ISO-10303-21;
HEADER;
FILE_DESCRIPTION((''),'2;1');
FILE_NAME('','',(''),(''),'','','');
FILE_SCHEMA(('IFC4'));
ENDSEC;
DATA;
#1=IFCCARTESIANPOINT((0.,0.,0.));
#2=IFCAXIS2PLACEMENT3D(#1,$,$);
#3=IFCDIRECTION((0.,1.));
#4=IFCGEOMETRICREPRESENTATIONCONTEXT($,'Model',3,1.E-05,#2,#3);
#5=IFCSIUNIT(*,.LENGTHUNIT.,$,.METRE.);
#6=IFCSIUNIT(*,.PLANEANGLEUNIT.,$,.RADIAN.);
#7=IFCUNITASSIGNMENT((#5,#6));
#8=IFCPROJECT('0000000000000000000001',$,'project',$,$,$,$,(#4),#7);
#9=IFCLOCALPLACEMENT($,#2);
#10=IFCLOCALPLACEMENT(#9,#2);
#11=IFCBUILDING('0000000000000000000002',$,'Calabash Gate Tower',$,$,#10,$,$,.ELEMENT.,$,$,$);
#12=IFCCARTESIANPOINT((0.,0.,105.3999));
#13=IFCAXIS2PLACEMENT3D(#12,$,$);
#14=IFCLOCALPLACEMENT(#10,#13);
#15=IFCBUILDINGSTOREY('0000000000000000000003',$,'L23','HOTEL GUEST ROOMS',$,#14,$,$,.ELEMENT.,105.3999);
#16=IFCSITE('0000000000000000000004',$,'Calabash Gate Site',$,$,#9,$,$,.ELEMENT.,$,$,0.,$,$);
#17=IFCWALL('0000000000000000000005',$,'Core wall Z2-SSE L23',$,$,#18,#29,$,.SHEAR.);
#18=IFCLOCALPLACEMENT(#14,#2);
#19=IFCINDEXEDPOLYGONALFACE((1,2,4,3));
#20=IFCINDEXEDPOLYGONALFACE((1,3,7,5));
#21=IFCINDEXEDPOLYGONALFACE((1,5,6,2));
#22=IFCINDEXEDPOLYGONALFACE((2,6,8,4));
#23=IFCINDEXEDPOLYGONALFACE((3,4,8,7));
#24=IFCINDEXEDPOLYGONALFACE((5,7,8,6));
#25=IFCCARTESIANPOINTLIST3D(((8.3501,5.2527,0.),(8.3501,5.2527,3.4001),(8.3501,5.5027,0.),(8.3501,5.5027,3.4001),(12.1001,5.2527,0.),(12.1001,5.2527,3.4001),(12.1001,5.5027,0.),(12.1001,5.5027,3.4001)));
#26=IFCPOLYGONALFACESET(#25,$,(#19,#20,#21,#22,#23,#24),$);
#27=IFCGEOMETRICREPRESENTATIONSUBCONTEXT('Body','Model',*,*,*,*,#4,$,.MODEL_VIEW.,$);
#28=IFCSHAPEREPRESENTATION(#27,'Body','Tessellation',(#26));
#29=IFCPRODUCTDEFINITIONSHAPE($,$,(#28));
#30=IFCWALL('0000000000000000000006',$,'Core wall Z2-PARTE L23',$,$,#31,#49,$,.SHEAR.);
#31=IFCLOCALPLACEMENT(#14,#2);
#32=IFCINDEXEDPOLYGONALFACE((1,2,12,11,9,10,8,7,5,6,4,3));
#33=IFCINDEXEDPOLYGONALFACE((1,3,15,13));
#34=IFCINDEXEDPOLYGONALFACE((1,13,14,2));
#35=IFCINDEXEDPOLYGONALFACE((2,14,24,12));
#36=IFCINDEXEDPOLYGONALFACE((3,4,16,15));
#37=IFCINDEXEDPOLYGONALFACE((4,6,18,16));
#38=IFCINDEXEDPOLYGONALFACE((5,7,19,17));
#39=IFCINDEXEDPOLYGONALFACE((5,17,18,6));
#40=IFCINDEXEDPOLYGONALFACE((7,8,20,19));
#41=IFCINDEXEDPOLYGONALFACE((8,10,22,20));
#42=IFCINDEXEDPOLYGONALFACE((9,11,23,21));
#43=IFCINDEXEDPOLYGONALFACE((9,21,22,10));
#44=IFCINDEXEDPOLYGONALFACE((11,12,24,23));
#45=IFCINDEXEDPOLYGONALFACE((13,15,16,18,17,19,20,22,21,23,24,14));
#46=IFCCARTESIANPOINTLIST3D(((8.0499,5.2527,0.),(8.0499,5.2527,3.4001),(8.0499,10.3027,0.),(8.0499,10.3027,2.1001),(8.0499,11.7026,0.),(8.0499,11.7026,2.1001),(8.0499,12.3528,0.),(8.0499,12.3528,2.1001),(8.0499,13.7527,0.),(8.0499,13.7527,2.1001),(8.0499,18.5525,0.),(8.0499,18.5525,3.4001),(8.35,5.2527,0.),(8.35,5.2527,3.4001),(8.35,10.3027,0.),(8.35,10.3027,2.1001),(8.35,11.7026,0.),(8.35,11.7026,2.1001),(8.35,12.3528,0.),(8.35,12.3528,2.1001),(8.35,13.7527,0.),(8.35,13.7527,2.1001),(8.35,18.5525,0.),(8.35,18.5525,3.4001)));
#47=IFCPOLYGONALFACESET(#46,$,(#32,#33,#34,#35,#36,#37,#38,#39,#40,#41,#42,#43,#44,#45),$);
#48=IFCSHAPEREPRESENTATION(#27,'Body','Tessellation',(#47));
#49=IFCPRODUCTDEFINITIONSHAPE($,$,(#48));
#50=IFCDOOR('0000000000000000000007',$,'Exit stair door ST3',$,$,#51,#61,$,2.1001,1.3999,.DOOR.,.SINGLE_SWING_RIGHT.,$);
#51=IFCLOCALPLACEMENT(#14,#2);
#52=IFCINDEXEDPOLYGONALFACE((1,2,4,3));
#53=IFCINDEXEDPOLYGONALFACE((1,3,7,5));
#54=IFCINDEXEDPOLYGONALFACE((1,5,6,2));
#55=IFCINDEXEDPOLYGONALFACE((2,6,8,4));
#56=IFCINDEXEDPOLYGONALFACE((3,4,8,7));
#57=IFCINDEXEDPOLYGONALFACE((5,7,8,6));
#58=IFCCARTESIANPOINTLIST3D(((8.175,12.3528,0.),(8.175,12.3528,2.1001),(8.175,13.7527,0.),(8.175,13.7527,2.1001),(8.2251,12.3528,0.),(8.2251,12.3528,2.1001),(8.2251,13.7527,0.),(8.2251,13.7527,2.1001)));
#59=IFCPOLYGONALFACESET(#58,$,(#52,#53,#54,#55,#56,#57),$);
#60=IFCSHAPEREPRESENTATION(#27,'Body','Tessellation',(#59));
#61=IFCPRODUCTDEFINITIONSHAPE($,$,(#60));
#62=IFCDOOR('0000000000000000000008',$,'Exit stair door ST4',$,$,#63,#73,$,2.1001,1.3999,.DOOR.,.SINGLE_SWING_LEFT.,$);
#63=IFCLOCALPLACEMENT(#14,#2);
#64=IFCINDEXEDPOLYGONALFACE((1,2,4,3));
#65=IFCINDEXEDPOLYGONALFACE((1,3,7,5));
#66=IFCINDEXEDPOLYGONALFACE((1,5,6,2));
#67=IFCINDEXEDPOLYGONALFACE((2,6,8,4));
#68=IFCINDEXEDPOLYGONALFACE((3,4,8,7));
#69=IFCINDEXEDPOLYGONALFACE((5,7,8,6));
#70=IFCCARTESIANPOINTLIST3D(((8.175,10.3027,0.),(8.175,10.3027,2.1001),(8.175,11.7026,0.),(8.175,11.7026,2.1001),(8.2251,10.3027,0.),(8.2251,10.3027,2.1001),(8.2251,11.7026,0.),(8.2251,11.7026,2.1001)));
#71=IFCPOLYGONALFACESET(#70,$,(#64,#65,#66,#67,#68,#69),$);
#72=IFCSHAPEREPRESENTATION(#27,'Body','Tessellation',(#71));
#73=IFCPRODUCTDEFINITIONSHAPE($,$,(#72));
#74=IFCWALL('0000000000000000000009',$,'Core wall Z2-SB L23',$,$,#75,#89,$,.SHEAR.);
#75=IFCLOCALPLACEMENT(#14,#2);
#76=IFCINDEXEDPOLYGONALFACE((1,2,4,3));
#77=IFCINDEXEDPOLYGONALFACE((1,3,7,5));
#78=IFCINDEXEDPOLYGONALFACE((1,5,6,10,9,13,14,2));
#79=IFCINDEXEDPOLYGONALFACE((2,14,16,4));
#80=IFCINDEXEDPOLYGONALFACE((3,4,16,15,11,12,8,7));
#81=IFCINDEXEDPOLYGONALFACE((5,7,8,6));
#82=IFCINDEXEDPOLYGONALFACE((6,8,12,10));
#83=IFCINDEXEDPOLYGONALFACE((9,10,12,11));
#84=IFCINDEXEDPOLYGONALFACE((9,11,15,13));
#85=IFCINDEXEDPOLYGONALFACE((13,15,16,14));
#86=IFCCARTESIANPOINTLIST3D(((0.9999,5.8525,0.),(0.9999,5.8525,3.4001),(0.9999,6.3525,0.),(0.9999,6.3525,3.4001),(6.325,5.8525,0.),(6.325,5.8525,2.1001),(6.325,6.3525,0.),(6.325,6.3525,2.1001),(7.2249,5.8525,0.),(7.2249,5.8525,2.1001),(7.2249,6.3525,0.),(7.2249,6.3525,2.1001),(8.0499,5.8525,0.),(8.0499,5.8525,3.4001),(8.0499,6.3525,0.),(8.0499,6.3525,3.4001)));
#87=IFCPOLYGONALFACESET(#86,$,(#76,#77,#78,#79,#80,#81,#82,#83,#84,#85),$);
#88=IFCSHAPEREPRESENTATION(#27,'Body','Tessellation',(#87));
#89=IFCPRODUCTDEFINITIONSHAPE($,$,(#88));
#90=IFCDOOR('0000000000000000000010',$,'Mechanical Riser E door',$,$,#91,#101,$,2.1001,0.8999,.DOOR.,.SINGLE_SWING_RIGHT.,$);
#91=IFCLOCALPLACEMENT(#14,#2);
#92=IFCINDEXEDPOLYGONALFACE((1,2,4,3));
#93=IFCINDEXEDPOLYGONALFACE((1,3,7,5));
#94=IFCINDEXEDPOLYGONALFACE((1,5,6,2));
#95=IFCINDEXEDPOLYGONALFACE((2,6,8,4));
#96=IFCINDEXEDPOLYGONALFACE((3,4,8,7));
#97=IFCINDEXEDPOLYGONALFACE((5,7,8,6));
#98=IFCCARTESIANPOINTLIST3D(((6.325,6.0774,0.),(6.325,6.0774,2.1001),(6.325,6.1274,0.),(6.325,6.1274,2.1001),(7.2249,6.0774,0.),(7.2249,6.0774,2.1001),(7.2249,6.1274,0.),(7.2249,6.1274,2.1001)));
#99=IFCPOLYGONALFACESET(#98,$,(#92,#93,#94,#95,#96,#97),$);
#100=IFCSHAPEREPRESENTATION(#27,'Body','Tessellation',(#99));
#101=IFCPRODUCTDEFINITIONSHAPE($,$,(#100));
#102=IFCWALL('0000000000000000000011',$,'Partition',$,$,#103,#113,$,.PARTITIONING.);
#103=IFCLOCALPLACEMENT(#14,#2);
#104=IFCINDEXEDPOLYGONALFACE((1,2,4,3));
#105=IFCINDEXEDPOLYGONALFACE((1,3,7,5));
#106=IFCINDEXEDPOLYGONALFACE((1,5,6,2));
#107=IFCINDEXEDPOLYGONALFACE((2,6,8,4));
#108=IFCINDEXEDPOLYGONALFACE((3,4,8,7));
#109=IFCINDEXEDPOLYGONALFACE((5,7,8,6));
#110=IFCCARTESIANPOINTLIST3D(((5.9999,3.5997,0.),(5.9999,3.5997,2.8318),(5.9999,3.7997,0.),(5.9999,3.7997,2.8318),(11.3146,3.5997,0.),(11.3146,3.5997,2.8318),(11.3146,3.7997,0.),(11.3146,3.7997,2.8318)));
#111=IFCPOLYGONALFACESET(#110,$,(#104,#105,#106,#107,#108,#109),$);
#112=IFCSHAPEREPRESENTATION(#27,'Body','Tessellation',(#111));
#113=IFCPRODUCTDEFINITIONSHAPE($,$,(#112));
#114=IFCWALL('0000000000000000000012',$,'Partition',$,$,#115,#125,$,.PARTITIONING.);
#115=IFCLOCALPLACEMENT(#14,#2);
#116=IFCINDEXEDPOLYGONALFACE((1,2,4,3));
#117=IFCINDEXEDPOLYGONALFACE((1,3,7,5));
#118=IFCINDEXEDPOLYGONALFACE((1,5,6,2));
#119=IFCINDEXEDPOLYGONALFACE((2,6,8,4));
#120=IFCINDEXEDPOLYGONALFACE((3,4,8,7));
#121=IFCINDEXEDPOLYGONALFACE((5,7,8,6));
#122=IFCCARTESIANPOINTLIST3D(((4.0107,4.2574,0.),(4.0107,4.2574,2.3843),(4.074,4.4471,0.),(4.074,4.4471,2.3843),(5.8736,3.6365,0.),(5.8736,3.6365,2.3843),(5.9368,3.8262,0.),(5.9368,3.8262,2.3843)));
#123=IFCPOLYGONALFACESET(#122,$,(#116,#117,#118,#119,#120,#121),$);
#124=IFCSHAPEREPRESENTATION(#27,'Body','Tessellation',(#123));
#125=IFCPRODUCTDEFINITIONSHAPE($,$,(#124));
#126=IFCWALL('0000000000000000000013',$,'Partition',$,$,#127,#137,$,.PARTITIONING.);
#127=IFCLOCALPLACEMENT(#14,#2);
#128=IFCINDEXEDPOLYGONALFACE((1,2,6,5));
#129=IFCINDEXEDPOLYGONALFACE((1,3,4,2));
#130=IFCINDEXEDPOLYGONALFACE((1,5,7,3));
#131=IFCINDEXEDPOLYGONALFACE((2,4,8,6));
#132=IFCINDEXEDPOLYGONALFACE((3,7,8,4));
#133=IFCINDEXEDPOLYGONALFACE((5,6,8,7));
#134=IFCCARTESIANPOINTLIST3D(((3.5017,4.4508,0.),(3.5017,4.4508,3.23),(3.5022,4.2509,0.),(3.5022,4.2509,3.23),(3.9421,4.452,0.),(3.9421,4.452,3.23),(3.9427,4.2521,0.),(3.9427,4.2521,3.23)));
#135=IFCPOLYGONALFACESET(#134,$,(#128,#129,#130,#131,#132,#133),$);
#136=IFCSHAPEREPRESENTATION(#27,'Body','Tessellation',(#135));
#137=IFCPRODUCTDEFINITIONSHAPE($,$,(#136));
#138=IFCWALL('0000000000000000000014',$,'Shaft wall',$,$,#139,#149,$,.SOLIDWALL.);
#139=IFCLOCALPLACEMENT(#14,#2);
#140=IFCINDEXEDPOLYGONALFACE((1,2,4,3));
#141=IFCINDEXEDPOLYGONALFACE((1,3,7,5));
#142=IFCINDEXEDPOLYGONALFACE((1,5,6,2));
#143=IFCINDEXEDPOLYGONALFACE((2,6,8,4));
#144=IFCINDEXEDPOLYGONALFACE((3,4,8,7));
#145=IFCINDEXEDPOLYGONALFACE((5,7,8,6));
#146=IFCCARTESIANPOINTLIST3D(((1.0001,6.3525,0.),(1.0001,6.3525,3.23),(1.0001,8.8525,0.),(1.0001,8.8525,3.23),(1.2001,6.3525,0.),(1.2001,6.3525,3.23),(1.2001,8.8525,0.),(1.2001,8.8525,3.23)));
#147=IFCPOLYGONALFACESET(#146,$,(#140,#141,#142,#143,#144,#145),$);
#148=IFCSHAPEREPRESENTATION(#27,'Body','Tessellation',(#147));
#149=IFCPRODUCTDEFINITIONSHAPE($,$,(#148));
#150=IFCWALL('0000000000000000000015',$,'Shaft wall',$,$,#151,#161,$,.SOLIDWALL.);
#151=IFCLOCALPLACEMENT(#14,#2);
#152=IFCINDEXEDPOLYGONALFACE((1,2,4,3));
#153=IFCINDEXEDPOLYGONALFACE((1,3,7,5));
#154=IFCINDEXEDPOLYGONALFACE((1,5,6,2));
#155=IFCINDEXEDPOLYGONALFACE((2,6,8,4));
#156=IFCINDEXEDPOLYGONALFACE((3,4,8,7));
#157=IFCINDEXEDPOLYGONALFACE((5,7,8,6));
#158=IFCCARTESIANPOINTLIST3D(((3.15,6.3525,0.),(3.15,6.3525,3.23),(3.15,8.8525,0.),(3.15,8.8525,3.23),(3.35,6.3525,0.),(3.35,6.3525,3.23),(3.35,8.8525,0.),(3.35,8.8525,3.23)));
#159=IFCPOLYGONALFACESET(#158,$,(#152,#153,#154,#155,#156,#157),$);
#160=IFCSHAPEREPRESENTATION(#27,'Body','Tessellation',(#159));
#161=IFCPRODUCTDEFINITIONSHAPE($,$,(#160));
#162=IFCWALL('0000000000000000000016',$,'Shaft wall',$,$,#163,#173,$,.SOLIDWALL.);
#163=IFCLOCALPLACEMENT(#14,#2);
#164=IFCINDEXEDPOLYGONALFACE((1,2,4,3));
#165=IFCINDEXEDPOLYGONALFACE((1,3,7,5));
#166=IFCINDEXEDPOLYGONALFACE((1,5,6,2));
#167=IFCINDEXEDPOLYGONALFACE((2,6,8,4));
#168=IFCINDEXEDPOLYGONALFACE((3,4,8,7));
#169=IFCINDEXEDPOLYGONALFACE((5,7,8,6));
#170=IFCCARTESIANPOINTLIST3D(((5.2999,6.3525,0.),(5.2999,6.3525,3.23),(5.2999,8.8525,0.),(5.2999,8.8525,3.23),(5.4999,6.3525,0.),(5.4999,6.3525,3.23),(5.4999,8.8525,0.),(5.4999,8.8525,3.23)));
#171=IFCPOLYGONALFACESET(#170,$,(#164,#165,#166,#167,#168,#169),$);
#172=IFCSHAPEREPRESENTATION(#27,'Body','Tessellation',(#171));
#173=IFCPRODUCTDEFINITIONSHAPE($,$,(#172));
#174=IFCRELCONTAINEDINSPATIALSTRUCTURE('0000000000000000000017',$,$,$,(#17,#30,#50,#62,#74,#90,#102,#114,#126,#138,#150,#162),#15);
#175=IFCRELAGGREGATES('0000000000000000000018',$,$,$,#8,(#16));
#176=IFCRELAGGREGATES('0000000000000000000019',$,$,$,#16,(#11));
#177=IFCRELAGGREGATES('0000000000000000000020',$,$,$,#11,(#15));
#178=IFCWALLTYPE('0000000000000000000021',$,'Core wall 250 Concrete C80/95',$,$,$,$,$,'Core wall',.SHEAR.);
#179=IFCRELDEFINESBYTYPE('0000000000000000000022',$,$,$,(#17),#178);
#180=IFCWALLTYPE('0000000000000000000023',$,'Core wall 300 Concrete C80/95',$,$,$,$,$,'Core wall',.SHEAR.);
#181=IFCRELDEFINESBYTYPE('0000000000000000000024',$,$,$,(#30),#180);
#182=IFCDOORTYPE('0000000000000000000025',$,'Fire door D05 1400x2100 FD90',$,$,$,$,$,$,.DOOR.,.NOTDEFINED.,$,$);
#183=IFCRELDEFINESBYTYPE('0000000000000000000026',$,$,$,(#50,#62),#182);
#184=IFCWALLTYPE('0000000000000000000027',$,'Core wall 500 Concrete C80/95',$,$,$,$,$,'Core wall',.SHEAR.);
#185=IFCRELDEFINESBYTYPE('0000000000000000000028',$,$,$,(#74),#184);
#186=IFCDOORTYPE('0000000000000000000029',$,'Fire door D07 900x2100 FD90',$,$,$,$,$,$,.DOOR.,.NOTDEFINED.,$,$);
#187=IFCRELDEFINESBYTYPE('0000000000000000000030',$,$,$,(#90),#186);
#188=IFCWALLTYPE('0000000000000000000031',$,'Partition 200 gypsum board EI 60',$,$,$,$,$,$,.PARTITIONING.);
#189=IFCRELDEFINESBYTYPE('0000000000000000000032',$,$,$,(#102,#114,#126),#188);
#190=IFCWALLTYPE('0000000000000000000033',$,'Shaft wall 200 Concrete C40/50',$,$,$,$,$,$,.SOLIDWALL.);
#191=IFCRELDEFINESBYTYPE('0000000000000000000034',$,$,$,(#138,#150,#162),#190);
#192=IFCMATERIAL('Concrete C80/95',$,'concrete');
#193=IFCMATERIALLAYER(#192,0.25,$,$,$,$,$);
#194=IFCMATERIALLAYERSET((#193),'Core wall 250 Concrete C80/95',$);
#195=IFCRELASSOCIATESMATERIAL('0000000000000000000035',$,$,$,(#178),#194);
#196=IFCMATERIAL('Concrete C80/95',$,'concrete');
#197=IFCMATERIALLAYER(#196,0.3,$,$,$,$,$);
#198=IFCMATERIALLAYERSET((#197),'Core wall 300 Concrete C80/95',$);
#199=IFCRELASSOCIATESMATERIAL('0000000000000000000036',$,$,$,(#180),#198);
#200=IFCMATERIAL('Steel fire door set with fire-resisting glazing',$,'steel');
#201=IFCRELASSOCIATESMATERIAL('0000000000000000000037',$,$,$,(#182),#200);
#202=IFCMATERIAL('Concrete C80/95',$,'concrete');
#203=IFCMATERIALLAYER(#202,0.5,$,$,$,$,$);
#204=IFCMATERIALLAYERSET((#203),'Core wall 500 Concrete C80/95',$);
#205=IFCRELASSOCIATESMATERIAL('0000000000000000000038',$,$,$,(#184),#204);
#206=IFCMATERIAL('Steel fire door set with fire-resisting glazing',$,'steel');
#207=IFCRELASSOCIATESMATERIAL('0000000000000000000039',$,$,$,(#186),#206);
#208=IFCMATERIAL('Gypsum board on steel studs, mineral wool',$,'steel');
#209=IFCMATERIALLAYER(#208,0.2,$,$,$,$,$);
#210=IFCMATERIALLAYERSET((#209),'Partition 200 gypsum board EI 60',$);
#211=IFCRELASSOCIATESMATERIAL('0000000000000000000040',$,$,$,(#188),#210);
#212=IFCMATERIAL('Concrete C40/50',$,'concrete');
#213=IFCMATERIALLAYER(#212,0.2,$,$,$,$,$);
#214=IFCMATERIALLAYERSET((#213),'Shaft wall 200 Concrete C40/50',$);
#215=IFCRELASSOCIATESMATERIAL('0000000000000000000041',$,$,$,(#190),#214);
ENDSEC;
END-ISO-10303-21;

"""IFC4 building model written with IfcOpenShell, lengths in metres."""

from ifc_helpers import new_model, si_unit, direction, frame, frame_2d, origin, place, context, subcontext, project, spatial, rectangle, extrude, material, layer, layer_set, type_object, element, fill, save


model = new_model("IFC4")

# Units and contexts
model_context = context("Model", 3, precision=1e-05, world=origin(), true_north=direction((0.0, 1.0)))
body_context = subcontext(model_context, "Body", "Model", "MODEL_VIEW")
ifc_project = project(units=[si_unit("LENGTHUNIT", "METRE"), si_unit("PLANEANGLEUNIT", "RADIAN")], contexts=[model_context])

# Site, building, storey
site_placement = place(None, origin())
site = spatial("IfcSite", under=ifc_project, at=site_placement, Name="Calabash Gate Site", CompositionType="ELEMENT", RefElevation=0.0)
building_placement = place(site_placement, origin())
building = spatial("IfcBuilding", under=site, at=building_placement, Name="Calabash Gate Tower", CompositionType="ELEMENT")
storey_placement = place(building_placement, frame((0.0, 0.0, 105.3999)))
storey = spatial("IfcBuildingStorey", under=building, at=storey_placement, Name="L23", Description="HOTEL GUEST ROOMS", CompositionType="ELEMENT", Elevation=105.3999)

# Wall
ifc_material_1 = material(Name="Concrete C80/95", Category="concrete")
ifc_layer_1 = layer(ifc_material_1, 0.25)
ifc_layer_set_1 = layer_set([ifc_layer_1], Name="Core wall 250 Concrete C80/95")
wall_type_1 = type_object("IfcWallType", Name="Core wall 250 Concrete C80/95", ElementType="Core wall", PredefinedType="SHEAR", material=ifc_layer_set_1)
wall_1_placement = place(storey_placement, frame((8.3501, 5.3777, 0.0), z_axis=(0.0, 0.0, 1.0), x_axis=(1.0, 0.0, 0.0)))
element("IfcWall", 1, at=wall_1_placement, inside=storey, type_object=wall_type_1, Name="Core wall Z2-SSE L23", PredefinedType="SHEAR", context=body_context, shape_type="SweptSolid", body=[
    extrude(rectangle(XDim=3.75, YDim=0.25, at=frame_2d((1.875, 0.0))), origin(), (0.0, 0.0, 1.0), 3.4001),
])

# Wall, openings, doors
ifc_material_2 = material(Name="Concrete C80/95", Category="concrete")
ifc_layer_2 = layer(ifc_material_2, 0.3)
ifc_layer_set_2 = layer_set([ifc_layer_2], Name="Core wall 300 Concrete C80/95")
wall_type_2 = type_object("IfcWallType", Name="Core wall 300 Concrete C80/95", ElementType="Core wall", PredefinedType="SHEAR", material=ifc_layer_set_2)
wall_2_placement = place(storey_placement, frame((8.2, 5.2527, 0.0), z_axis=(0.0, 0.0, 1.0), x_axis=(0.0, 1.0, 0.0)))
wall_2 = element("IfcWall", 2, at=wall_2_placement, inside=storey, type_object=wall_type_2, Name="Core wall Z2-PARTE L23", PredefinedType="SHEAR", context=body_context, shape_type="SweptSolid", body=[
    extrude(rectangle(XDim=13.2998, YDim=0.3, at=frame_2d((6.6499, 0.0))), origin(), (0.0, 0.0, 1.0), 3.4001),
])
opening_1_placement = place(wall_2_placement, frame((7.1001, 0.0, 0.0)))
opening_1 = element("IfcOpeningElement", 3, at=opening_1_placement, cuts=wall_2, PredefinedType="OPENING", context=body_context, shape_type="SweptSolid", body=[
    extrude(rectangle(XDim=1.3999, YDim=2.1001, at=frame_2d((0.7, 1.05))), frame((0.0, 0.1599, 0.0), z_axis=(0.0, -1.0, 0.0), x_axis=(1.0, 0.0, 0.0)), (0.0, 0.0, 1.0), 0.3201),
])
opening_2_placement = place(wall_2_placement, frame((5.05, 0.0, 0.0)))
opening_2 = element("IfcOpeningElement", 4, at=opening_2_placement, cuts=wall_2, PredefinedType="OPENING", context=body_context, shape_type="SweptSolid", body=[
    extrude(rectangle(XDim=1.3999, YDim=2.1001, at=frame_2d((0.7, 1.05))), frame((0.0, 0.1599, 0.0), z_axis=(0.0, -1.0, 0.0), x_axis=(1.0, 0.0, 0.0)), (0.0, 0.0, 1.0), 0.3201),
])
ifc_material_3 = material(Name="Steel fire door set with fire-resisting glazing", Category="steel")
door_type_1 = type_object("IfcDoorType", Name="Fire door D05 1400x2100 FD90", OperationType="NOTDEFINED", PredefinedType="DOOR", material=ifc_material_3)
door_1_placement = place(opening_1_placement, origin())
door_1 = element("IfcDoor", 5, at=door_1_placement, inside=storey, type_object=door_type_1, Name="Exit stair door ST3", OperationType="SINGLE_SWING_RIGHT", OverallHeight=2.1001, OverallWidth=1.3999, PredefinedType="DOOR", context=body_context, shape_type="SweptSolid", body=[
    extrude(rectangle(XDim=1.3999, YDim=2.1001, at=frame_2d((0.7, 1.05))), frame((0.0, 0.0249, 0.0), z_axis=(0.0, -1.0, 0.0), x_axis=(1.0, 0.0, 0.0)), (0.0, 0.0, 1.0), 0.05),
])
fill(opening_1, door_1)
door_2_placement = place(opening_2_placement, origin())
door_2 = element("IfcDoor", 6, at=door_2_placement, inside=storey, type_object=door_type_1, Name="Exit stair door ST4", OperationType="SINGLE_SWING_LEFT", OverallHeight=2.1001, OverallWidth=1.3999, PredefinedType="DOOR", context=body_context, shape_type="SweptSolid", body=[
    extrude(rectangle(XDim=1.3999, YDim=2.1001, at=frame_2d((0.7, 1.05))), frame((0.0, 0.0249, 0.0), z_axis=(0.0, -1.0, 0.0), x_axis=(1.0, 0.0, 0.0)), (0.0, 0.0, 1.0), 0.05),
])
fill(opening_2, door_2)

# Wall, opening, door
ifc_material_4 = material(Name="Concrete C80/95", Category="concrete")
ifc_layer_3 = layer(ifc_material_4, 0.5)
ifc_layer_set_3 = layer_set([ifc_layer_3], Name="Core wall 500 Concrete C80/95")
wall_type_3 = type_object("IfcWallType", Name="Core wall 500 Concrete C80/95", ElementType="Core wall", PredefinedType="SHEAR", material=ifc_layer_set_3)
wall_3_placement = place(storey_placement, frame((1.0, 6.1025, 0.0), z_axis=(0.0, 0.0, 1.0), x_axis=(1.0, 0.0, 0.0)))
wall_3 = element("IfcWall", 7, at=wall_3_placement, inside=storey, type_object=wall_type_3, Name="Core wall Z2-SB L23", PredefinedType="SHEAR", context=body_context, shape_type="SweptSolid", body=[
    extrude(rectangle(XDim=7.05, YDim=0.5, at=frame_2d((3.5249, 0.0))), origin(), (0.0, 0.0, 1.0), 3.4001),
])
opening_3_placement = place(wall_3_placement, frame((5.325, 0.0, 0.0)))
opening_3 = element("IfcOpeningElement", 8, at=opening_3_placement, cuts=wall_3, PredefinedType="OPENING", context=body_context, shape_type="SweptSolid", body=[
    extrude(rectangle(XDim=0.8999, YDim=2.1001, at=frame_2d((0.45, 1.05))), frame((0.0, 0.26, 0.0), z_axis=(0.0, -1.0, 0.0), x_axis=(1.0, 0.0, 0.0)), (0.0, 0.0, 1.0), 0.52),
])
ifc_material_5 = material(Name="Steel fire door set with fire-resisting glazing", Category="steel")
door_type_2 = type_object("IfcDoorType", Name="Fire door D07 900x2100 FD90", OperationType="NOTDEFINED", PredefinedType="DOOR", material=ifc_material_5)
door_3_placement = place(opening_3_placement, origin())
door_3 = element("IfcDoor", 9, at=door_3_placement, inside=storey, type_object=door_type_2, Name="Mechanical Riser E door", OperationType="SINGLE_SWING_RIGHT", OverallHeight=2.1001, OverallWidth=0.8999, PredefinedType="DOOR", context=body_context, shape_type="SweptSolid", body=[
    extrude(rectangle(XDim=0.8999, YDim=2.1001, at=frame_2d((0.45, 1.05))), frame((0.0, 0.0249, 0.0), z_axis=(0.0, -1.0, 0.0), x_axis=(1.0, 0.0, 0.0)), (0.0, 0.0, 1.0), 0.05),
])
fill(opening_3, door_3)

# Walls
ifc_material_6 = material(Name="Gypsum board on steel studs, mineral wool", Category="steel")
ifc_layer_4 = layer(ifc_material_6, 0.2)
ifc_layer_set_4 = layer_set([ifc_layer_4], Name="Partition 200 gypsum board EI 60")
wall_type_4 = type_object("IfcWallType", Name="Partition 200 gypsum board EI 60", PredefinedType="PARTITIONING", material=ifc_layer_set_4)
wall_4_placement = place(storey_placement, frame((6.0, 3.6997, 0.0), z_axis=(0.0, 0.0, 1.0), x_axis=(1.0, 0.0, 0.0)))
element("IfcWall", 10, at=wall_4_placement, inside=storey, type_object=wall_type_4, Name="Partition", PredefinedType="PARTITIONING", context=body_context, shape_type="SweptSolid", body=[
    extrude(rectangle(XDim=5.3147, YDim=0.2, at=frame_2d((2.6572, 0.0))), origin(), (0.0, 0.0, 1.0), 2.8318),
])
wall_5_placement = place(storey_placement, frame((4.0422, 4.3523, 0.0), z_axis=(0.0, 0.0, 1.0), x_axis=(0.948696, -0.31619, 0.0)))
element("IfcWall", 11, at=wall_5_placement, inside=storey, type_object=wall_type_4, Name="Partition", PredefinedType="PARTITIONING", context=body_context, shape_type="SweptSolid", body=[
    extrude(rectangle(XDim=1.9636, YDim=0.2, at=frame_2d((0.9819, 0.0))), origin(), (0.0, 0.0, 1.0), 2.3843),
])
wall_6_placement = place(storey_placement, frame((3.502, 4.3508, 0.0), z_axis=(0.0, 0.0, 1.0), x_axis=(0.999996, 0.002772, 0.0)))
element("IfcWall", 12, at=wall_6_placement, inside=storey, type_object=wall_type_4, Name="Partition", PredefinedType="PARTITIONING", context=body_context, shape_type="SweptSolid", body=[
    extrude(rectangle(XDim=0.4404, YDim=0.2, at=frame_2d((0.2202, 0.0))), origin(), (0.0, 0.0, 1.0), 3.23),
])
ifc_material_7 = material(Name="Concrete C40/50", Category="concrete")
ifc_layer_5 = layer(ifc_material_7, 0.2)
ifc_layer_set_5 = layer_set([ifc_layer_5], Name="Shaft wall 200 Concrete C40/50")
wall_type_5 = type_object("IfcWallType", Name="Shaft wall 200 Concrete C40/50", PredefinedType="SOLIDWALL", material=ifc_layer_set_5)
for number, where, z_axis, x_axis, name in (
    (13, (1.1001, 6.3525, 0.0), (0.0, 0.0, 1.0), (0.0, 1.0, 0.0), "Shaft wall"),
    (14, (3.25, 6.3525, 0.0), (0.0, 0.0, 1.0), (0.0, 1.0, 0.0), "Shaft wall"),
    (15, (5.3999, 6.3525, 0.0), (0.0, 0.0, 1.0), (0.0, 1.0, 0.0), "Shaft wall"),
):
    element("IfcWall", number, at=place(storey_placement, frame(where, z_axis=z_axis, x_axis=x_axis)), inside=storey, type_object=wall_type_5, Name=name, PredefinedType="SOLIDWALL", context=body_context, shape_type="SweptSolid", body=[
        extrude(rectangle(XDim=2.5, YDim=0.2, at=frame_2d((1.25, 0.0))), origin(), (0.0, 0.0, 1.0), 3.23),
    ])

save(model, "model.ifc")
